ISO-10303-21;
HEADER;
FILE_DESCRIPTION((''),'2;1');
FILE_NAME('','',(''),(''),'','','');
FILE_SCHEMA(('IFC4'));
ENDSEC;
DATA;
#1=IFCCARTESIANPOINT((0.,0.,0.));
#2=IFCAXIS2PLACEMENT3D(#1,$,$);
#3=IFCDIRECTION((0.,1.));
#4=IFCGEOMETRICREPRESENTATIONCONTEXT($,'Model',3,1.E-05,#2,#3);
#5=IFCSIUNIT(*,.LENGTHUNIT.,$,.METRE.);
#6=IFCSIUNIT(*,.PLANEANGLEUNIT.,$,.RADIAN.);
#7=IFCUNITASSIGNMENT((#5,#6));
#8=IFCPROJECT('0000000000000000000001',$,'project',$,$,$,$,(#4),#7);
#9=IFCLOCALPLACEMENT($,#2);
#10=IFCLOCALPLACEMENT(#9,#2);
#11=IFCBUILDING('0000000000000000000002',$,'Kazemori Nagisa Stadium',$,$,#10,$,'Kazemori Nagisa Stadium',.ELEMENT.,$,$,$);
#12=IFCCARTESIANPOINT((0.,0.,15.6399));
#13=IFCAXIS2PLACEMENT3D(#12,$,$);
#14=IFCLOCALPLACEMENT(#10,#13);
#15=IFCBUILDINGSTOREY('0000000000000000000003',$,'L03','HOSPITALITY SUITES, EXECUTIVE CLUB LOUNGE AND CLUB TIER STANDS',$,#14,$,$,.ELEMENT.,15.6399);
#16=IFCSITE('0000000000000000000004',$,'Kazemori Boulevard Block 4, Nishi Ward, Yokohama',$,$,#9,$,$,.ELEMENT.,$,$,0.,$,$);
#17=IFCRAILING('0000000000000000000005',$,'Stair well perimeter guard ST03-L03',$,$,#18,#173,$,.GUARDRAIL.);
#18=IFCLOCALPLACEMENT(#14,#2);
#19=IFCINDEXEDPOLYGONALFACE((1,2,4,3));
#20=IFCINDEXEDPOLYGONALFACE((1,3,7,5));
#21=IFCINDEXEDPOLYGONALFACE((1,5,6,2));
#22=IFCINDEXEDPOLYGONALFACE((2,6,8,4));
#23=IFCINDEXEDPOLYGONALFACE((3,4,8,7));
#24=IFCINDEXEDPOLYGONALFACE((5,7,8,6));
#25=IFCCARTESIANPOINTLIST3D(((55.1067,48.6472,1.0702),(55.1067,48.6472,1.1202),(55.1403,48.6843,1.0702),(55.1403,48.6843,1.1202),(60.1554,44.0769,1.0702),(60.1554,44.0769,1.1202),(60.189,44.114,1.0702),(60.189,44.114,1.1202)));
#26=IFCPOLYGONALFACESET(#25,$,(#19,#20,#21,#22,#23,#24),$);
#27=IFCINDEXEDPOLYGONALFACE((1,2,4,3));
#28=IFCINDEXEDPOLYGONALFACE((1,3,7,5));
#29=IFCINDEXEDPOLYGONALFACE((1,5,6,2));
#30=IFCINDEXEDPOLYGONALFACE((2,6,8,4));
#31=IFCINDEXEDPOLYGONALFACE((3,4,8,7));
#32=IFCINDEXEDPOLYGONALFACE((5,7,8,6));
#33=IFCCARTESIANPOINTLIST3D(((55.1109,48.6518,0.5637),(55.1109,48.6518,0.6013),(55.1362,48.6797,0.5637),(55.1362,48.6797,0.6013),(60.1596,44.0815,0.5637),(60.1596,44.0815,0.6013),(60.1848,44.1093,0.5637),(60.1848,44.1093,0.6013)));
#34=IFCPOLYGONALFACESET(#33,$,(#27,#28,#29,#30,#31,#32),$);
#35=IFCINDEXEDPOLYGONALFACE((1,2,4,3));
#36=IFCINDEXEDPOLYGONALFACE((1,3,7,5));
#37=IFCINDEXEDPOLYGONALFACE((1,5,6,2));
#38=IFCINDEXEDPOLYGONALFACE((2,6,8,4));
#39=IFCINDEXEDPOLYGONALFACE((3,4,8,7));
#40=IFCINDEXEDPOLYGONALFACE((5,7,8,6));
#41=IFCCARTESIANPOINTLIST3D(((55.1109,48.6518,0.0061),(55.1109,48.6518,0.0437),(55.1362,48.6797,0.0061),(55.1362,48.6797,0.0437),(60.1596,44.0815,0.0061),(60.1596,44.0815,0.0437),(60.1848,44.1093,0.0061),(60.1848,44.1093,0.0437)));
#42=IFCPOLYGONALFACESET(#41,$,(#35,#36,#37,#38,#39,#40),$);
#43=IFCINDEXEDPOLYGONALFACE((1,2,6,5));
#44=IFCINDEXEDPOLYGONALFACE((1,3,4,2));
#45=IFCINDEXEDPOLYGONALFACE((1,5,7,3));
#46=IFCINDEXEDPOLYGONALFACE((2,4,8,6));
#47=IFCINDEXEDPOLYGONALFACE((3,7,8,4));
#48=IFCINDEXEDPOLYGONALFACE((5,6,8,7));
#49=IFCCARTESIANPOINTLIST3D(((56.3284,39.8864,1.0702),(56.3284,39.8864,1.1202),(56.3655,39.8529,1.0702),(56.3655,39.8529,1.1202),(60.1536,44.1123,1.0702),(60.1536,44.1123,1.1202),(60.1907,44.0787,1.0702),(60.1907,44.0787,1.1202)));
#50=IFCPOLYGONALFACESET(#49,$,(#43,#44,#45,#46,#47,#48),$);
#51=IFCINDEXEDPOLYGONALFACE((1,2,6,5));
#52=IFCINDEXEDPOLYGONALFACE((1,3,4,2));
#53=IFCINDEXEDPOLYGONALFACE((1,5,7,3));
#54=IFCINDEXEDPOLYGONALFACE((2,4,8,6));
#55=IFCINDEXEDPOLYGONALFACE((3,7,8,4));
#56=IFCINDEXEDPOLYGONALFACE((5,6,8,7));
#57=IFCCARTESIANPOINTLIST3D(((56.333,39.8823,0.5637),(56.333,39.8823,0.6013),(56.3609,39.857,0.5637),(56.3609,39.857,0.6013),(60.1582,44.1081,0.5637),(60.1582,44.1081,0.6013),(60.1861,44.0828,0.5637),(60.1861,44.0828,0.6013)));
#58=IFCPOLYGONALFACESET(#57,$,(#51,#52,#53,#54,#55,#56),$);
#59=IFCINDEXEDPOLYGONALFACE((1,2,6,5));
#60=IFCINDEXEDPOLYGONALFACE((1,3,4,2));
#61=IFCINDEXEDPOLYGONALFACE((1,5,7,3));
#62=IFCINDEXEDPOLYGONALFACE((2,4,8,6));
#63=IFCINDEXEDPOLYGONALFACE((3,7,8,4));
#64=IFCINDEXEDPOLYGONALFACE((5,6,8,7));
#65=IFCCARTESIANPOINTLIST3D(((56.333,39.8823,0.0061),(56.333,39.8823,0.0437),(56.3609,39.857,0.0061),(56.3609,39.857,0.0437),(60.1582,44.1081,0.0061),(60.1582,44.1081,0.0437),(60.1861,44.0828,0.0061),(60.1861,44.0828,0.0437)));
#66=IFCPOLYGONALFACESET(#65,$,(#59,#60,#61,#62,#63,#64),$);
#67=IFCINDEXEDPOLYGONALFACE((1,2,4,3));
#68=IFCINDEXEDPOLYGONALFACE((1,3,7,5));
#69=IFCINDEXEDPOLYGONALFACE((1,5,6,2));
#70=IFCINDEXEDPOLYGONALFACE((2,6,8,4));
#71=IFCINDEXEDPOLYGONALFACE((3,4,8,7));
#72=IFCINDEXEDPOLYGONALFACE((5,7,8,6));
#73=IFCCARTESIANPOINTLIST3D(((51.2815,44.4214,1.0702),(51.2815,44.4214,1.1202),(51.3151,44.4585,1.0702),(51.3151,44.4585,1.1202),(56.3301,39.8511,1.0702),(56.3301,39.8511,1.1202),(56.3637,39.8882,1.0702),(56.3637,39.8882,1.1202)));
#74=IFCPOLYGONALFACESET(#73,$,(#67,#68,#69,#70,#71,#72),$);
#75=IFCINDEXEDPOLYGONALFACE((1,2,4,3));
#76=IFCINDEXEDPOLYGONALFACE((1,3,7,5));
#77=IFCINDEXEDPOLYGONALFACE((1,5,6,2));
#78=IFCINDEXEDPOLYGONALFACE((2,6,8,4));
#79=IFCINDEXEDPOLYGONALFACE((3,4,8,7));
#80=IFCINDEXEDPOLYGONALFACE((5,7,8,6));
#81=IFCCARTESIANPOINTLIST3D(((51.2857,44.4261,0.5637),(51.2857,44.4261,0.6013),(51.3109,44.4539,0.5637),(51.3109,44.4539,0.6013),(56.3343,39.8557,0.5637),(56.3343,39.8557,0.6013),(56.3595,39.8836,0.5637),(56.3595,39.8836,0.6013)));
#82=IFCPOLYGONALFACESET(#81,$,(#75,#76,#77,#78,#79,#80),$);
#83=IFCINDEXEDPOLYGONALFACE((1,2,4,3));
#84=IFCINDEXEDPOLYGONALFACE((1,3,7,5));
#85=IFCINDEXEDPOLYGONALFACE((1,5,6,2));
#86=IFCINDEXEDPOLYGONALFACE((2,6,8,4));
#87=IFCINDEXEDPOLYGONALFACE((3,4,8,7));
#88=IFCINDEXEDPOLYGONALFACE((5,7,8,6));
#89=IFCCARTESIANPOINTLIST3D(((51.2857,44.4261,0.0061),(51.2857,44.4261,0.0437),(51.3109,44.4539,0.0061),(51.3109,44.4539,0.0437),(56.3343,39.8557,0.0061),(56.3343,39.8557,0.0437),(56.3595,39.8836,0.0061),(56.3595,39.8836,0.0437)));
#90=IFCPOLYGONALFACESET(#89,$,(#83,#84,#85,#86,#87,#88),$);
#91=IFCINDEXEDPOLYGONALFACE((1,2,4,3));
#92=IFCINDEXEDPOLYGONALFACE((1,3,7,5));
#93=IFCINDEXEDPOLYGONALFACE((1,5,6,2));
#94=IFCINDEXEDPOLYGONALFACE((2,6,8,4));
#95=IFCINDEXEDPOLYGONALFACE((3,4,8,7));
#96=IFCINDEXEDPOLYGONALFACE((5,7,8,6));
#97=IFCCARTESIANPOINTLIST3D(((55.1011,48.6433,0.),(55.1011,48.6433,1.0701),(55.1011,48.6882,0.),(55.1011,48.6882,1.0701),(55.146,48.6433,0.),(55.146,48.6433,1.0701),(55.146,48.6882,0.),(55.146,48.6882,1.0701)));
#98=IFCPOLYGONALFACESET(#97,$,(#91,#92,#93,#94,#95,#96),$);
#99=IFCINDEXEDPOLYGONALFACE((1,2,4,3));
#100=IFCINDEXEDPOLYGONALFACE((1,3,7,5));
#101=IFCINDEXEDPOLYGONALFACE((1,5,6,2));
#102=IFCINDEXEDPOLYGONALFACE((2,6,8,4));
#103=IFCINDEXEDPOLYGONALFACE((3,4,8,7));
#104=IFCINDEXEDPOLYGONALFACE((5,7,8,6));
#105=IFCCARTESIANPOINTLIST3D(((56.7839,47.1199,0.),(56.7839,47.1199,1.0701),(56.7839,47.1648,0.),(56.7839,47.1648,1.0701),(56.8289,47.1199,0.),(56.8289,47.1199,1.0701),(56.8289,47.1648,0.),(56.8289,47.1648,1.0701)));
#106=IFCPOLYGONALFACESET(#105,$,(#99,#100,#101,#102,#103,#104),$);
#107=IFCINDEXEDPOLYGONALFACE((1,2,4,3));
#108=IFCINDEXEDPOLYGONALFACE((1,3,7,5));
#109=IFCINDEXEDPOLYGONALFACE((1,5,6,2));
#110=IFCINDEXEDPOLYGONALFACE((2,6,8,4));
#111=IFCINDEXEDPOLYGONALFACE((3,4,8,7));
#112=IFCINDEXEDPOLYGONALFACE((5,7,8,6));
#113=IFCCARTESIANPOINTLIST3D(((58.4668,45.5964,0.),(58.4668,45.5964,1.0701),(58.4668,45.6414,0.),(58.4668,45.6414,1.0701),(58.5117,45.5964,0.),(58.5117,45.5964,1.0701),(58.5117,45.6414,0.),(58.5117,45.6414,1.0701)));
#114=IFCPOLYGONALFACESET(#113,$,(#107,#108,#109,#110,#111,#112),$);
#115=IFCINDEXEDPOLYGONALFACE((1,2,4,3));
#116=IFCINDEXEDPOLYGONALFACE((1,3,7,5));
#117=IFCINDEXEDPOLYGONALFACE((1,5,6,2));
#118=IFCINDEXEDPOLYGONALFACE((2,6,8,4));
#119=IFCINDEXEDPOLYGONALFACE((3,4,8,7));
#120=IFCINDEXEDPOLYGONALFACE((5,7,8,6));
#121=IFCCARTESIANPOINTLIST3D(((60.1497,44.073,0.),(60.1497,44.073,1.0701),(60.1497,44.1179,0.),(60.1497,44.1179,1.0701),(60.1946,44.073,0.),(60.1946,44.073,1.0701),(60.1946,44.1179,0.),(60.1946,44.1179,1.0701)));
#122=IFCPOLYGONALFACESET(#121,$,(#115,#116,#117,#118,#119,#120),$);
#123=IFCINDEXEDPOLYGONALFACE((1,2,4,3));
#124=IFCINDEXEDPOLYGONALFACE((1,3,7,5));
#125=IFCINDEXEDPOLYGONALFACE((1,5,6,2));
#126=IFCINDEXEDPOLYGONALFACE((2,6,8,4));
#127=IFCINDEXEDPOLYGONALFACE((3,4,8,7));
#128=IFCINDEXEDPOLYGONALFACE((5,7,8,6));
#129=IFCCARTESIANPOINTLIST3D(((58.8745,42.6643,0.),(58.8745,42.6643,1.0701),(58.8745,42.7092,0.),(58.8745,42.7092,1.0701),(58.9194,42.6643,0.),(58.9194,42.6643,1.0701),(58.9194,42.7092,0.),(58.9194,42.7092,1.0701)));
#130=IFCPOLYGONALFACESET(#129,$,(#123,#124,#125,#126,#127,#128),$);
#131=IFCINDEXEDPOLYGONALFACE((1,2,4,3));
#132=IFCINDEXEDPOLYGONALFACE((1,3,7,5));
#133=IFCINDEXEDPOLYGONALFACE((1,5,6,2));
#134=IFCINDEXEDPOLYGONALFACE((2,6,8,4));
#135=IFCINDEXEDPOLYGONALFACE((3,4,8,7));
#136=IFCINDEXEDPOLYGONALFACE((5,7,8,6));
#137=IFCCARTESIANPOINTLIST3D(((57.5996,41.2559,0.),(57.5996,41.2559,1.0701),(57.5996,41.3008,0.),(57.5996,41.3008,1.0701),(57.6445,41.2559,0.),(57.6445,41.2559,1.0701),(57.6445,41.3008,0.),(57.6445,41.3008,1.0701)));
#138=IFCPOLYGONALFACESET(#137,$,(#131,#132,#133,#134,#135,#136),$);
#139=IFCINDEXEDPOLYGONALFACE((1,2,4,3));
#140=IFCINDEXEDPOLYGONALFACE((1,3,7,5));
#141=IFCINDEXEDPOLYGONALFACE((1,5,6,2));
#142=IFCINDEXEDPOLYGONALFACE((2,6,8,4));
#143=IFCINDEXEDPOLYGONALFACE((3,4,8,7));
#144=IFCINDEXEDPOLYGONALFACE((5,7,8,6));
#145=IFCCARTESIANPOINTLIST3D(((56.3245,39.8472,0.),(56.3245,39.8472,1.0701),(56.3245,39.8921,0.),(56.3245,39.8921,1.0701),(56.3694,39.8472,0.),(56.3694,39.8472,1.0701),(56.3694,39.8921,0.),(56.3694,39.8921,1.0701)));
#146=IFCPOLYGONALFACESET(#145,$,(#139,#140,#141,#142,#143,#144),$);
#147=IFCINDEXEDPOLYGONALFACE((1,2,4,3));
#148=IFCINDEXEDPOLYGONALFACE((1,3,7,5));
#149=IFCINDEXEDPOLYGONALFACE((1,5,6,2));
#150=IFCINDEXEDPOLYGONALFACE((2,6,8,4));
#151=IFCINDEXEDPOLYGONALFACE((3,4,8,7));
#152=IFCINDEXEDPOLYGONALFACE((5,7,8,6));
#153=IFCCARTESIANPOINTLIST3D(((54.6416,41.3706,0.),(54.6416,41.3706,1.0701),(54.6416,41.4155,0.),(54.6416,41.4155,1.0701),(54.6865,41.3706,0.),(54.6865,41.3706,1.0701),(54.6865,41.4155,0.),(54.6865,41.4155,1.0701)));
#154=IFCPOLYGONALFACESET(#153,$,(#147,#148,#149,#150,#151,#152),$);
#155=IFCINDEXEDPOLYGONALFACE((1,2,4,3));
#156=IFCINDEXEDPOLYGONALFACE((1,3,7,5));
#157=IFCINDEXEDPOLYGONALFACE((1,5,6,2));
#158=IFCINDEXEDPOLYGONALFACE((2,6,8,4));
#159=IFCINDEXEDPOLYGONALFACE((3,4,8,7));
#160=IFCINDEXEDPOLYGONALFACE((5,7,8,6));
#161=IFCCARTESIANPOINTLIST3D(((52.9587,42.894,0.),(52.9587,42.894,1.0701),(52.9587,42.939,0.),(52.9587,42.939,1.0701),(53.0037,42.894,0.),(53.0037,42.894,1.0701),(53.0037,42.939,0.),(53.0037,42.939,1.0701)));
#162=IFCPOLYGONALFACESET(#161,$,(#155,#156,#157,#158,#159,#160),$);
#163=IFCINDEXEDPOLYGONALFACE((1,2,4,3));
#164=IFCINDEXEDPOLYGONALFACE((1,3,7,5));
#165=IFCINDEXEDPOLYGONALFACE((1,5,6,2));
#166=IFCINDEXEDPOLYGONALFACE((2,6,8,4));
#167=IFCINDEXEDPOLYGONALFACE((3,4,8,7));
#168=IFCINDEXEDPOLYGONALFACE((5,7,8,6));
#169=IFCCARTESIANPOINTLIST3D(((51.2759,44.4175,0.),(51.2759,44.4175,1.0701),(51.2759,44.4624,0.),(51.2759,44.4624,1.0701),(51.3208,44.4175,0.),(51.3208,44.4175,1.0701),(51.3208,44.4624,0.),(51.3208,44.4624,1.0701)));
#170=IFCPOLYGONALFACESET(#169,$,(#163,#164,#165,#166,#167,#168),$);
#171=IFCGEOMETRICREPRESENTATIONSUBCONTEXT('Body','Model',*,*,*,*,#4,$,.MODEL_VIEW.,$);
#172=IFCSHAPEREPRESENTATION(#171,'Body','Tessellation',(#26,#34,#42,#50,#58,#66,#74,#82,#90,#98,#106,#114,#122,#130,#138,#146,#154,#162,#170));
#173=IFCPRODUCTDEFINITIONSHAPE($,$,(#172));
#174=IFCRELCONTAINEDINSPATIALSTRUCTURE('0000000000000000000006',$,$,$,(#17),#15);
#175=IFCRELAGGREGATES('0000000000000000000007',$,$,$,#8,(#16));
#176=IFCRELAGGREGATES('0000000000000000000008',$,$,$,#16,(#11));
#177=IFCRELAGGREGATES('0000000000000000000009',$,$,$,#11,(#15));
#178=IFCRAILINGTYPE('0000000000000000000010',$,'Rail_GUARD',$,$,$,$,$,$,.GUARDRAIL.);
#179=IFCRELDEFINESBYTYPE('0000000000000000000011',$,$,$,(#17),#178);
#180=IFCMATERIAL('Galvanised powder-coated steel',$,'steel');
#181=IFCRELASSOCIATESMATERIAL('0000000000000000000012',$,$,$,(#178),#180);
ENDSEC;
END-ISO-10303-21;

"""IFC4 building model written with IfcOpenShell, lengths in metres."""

from ifc_helpers import new_model, si_unit, direction, frame, origin, origin_2d, place, context, subcontext, project, spatial, rectangle, extrude, material, type_object, element, save


model = new_model("IFC4")

# Units and contexts
model_context = context("Model", 3, precision=1e-05, world=origin(), true_north=direction((0.0, 1.0)))
body_context = subcontext(model_context, "Body", "Model", "MODEL_VIEW")
ifc_project = project(units=[si_unit("LENGTHUNIT", "METRE"), si_unit("PLANEANGLEUNIT", "RADIAN")], contexts=[model_context])

# Site, building, storey
site_placement = place(None, origin())
site = spatial("IfcSite", under=ifc_project, at=site_placement, Name="Kazemori Boulevard Block 4, Nishi Ward, Yokohama", CompositionType="ELEMENT", RefElevation=0.0)
building_placement = place(site_placement, origin())
building = spatial("IfcBuilding", under=site, at=building_placement, Name="Kazemori Nagisa Stadium", LongName="Kazemori Nagisa Stadium", CompositionType="ELEMENT")
storey_placement = place(building_placement, frame((0.0, 0.0, 15.6399)))
storey = spatial("IfcBuildingStorey", under=building, at=storey_placement, Name="L03", Description="HOSPITALITY SUITES, EXECUTIVE CLUB LOUNGE AND CLUB TIER STANDS", CompositionType="ELEMENT", Elevation=15.6399)

# Railing
ifc_material_1 = material(Name="Galvanised powder-coated steel", Category="steel")
railing_type_1 = type_object("IfcRailingType", Name="Rail_GUARD", PredefinedType="GUARDRAIL", material=ifc_material_1)
railing_1_placement = place(storey_placement, frame((55.1235, 48.6658, 0.0)))
element("IfcRailing", 1, at=railing_1_placement, inside=storey, type_object=railing_type_1, Name="Stair well perimeter guard ST03-L03", PredefinedType="GUARDRAIL", context=body_context, shape_type="SweptSolid", body=[
    extrude(rectangle(XDim=0.05, YDim=0.05, at=origin_2d()), frame((0.0, 0.0, 1.0952), z_axis=(0.74135, -0.671119, 0.0), x_axis=(0.671119, 0.74135, 0.0)), (0.0, 0.0, 1.0), 6.8101),
    extrude(rectangle(XDim=0.0376, YDim=0.0376, at=origin_2d()), frame((0.0, 0.0, 0.5825), z_axis=(0.74135, -0.671119, 0.0), x_axis=(0.671119, 0.74135, 0.0)), (0.0, 0.0, 1.0), 6.8101),
    extrude(rectangle(XDim=0.0376, YDim=0.0376, at=origin_2d()), frame((0.0, 0.0, 0.0249), z_axis=(0.74135, -0.671119, 0.0), x_axis=(0.671119, 0.74135, 0.0)), (0.0, 0.0, 1.0), 6.8101),
    extrude(rectangle(XDim=0.05, YDim=0.05, at=origin_2d()), frame((5.0486, -4.5703, 1.0952), z_axis=(-0.671089, -0.741376, 0.0), x_axis=(0.741376, -0.671089, 0.0)), (0.0, 0.0, 1.0), 5.7),
    extrude(rectangle(XDim=0.0376, YDim=0.0376, at=origin_2d()), frame((5.0486, -4.5703, 0.5825), z_axis=(-0.671089, -0.741376, 0.0), x_axis=(0.741376, -0.671089, 0.0)), (0.0, 0.0, 1.0), 5.7),
    extrude(rectangle(XDim=0.0376, YDim=0.0376, at=origin_2d()), frame((5.0486, -4.5703, 0.0249), z_axis=(-0.671089, -0.741376, 0.0), x_axis=(0.741376, -0.671089, 0.0)), (0.0, 0.0, 1.0), 5.7),
    extrude(rectangle(XDim=0.05, YDim=0.05, at=origin_2d()), frame((1.2234, -8.7961, 1.0952), z_axis=(-0.74135, 0.671119, 0.0), x_axis=(-0.671119, -0.74135, 0.0)), (0.0, 0.0, 1.0), 6.8101),
    extrude(rectangle(XDim=0.0376, YDim=0.0376, at=origin_2d()), frame((1.2234, -8.7961, 0.5825), z_axis=(-0.74135, 0.671119, 0.0), x_axis=(-0.671119, -0.74135, 0.0)), (0.0, 0.0, 1.0), 6.8101),
    extrude(rectangle(XDim=0.0376, YDim=0.0376, at=origin_2d()), frame((1.2234, -8.7961, 0.0249), z_axis=(-0.74135, 0.671119, 0.0), x_axis=(-0.671119, -0.74135, 0.0)), (0.0, 0.0, 1.0), 6.8101),
    extrude(rectangle(XDim=0.0449, YDim=0.0449, at=origin_2d()), origin(), (0.0, 0.0, 1.0), 1.0701),
    extrude(rectangle(XDim=0.0449, YDim=0.0449, at=origin_2d()), frame((1.6829, -1.5234, 0.0)), (0.0, 0.0, 1.0), 1.0701),
    extrude(rectangle(XDim=0.0449, YDim=0.0449, at=origin_2d()), frame((3.3657, -3.0469, 0.0)), (0.0, 0.0, 1.0), 1.0701),
    extrude(rectangle(XDim=0.0449, YDim=0.0449, at=origin_2d()), frame((5.0486, -4.5703, 0.0)), (0.0, 0.0, 1.0), 1.0701),
    extrude(rectangle(XDim=0.0449, YDim=0.0449, at=origin_2d()), frame((3.7734, -5.979, 0.0)), (0.0, 0.0, 1.0), 1.0701),
    extrude(rectangle(XDim=0.0449, YDim=0.0449, at=origin_2d()), frame((2.4985, -7.3875, 0.0)), (0.0, 0.0, 1.0), 1.0701),
    extrude(rectangle(XDim=0.0449, YDim=0.0449, at=origin_2d()), frame((1.2234, -8.7961, 0.0)), (0.0, 0.0, 1.0), 1.0701),
    extrude(rectangle(XDim=0.0449, YDim=0.0449, at=origin_2d()), frame((-0.4595, -7.2727, 0.0)), (0.0, 0.0, 1.0), 1.0701),
    extrude(rectangle(XDim=0.0449, YDim=0.0449, at=origin_2d()), frame((-2.1423, -5.7493, 0.0)), (0.0, 0.0, 1.0), 1.0701),
    extrude(rectangle(XDim=0.0449, YDim=0.0449, at=origin_2d()), frame((-3.8252, -4.2258, 0.0)), (0.0, 0.0, 1.0), 1.0701),
])

save(model, "model.ifc")
